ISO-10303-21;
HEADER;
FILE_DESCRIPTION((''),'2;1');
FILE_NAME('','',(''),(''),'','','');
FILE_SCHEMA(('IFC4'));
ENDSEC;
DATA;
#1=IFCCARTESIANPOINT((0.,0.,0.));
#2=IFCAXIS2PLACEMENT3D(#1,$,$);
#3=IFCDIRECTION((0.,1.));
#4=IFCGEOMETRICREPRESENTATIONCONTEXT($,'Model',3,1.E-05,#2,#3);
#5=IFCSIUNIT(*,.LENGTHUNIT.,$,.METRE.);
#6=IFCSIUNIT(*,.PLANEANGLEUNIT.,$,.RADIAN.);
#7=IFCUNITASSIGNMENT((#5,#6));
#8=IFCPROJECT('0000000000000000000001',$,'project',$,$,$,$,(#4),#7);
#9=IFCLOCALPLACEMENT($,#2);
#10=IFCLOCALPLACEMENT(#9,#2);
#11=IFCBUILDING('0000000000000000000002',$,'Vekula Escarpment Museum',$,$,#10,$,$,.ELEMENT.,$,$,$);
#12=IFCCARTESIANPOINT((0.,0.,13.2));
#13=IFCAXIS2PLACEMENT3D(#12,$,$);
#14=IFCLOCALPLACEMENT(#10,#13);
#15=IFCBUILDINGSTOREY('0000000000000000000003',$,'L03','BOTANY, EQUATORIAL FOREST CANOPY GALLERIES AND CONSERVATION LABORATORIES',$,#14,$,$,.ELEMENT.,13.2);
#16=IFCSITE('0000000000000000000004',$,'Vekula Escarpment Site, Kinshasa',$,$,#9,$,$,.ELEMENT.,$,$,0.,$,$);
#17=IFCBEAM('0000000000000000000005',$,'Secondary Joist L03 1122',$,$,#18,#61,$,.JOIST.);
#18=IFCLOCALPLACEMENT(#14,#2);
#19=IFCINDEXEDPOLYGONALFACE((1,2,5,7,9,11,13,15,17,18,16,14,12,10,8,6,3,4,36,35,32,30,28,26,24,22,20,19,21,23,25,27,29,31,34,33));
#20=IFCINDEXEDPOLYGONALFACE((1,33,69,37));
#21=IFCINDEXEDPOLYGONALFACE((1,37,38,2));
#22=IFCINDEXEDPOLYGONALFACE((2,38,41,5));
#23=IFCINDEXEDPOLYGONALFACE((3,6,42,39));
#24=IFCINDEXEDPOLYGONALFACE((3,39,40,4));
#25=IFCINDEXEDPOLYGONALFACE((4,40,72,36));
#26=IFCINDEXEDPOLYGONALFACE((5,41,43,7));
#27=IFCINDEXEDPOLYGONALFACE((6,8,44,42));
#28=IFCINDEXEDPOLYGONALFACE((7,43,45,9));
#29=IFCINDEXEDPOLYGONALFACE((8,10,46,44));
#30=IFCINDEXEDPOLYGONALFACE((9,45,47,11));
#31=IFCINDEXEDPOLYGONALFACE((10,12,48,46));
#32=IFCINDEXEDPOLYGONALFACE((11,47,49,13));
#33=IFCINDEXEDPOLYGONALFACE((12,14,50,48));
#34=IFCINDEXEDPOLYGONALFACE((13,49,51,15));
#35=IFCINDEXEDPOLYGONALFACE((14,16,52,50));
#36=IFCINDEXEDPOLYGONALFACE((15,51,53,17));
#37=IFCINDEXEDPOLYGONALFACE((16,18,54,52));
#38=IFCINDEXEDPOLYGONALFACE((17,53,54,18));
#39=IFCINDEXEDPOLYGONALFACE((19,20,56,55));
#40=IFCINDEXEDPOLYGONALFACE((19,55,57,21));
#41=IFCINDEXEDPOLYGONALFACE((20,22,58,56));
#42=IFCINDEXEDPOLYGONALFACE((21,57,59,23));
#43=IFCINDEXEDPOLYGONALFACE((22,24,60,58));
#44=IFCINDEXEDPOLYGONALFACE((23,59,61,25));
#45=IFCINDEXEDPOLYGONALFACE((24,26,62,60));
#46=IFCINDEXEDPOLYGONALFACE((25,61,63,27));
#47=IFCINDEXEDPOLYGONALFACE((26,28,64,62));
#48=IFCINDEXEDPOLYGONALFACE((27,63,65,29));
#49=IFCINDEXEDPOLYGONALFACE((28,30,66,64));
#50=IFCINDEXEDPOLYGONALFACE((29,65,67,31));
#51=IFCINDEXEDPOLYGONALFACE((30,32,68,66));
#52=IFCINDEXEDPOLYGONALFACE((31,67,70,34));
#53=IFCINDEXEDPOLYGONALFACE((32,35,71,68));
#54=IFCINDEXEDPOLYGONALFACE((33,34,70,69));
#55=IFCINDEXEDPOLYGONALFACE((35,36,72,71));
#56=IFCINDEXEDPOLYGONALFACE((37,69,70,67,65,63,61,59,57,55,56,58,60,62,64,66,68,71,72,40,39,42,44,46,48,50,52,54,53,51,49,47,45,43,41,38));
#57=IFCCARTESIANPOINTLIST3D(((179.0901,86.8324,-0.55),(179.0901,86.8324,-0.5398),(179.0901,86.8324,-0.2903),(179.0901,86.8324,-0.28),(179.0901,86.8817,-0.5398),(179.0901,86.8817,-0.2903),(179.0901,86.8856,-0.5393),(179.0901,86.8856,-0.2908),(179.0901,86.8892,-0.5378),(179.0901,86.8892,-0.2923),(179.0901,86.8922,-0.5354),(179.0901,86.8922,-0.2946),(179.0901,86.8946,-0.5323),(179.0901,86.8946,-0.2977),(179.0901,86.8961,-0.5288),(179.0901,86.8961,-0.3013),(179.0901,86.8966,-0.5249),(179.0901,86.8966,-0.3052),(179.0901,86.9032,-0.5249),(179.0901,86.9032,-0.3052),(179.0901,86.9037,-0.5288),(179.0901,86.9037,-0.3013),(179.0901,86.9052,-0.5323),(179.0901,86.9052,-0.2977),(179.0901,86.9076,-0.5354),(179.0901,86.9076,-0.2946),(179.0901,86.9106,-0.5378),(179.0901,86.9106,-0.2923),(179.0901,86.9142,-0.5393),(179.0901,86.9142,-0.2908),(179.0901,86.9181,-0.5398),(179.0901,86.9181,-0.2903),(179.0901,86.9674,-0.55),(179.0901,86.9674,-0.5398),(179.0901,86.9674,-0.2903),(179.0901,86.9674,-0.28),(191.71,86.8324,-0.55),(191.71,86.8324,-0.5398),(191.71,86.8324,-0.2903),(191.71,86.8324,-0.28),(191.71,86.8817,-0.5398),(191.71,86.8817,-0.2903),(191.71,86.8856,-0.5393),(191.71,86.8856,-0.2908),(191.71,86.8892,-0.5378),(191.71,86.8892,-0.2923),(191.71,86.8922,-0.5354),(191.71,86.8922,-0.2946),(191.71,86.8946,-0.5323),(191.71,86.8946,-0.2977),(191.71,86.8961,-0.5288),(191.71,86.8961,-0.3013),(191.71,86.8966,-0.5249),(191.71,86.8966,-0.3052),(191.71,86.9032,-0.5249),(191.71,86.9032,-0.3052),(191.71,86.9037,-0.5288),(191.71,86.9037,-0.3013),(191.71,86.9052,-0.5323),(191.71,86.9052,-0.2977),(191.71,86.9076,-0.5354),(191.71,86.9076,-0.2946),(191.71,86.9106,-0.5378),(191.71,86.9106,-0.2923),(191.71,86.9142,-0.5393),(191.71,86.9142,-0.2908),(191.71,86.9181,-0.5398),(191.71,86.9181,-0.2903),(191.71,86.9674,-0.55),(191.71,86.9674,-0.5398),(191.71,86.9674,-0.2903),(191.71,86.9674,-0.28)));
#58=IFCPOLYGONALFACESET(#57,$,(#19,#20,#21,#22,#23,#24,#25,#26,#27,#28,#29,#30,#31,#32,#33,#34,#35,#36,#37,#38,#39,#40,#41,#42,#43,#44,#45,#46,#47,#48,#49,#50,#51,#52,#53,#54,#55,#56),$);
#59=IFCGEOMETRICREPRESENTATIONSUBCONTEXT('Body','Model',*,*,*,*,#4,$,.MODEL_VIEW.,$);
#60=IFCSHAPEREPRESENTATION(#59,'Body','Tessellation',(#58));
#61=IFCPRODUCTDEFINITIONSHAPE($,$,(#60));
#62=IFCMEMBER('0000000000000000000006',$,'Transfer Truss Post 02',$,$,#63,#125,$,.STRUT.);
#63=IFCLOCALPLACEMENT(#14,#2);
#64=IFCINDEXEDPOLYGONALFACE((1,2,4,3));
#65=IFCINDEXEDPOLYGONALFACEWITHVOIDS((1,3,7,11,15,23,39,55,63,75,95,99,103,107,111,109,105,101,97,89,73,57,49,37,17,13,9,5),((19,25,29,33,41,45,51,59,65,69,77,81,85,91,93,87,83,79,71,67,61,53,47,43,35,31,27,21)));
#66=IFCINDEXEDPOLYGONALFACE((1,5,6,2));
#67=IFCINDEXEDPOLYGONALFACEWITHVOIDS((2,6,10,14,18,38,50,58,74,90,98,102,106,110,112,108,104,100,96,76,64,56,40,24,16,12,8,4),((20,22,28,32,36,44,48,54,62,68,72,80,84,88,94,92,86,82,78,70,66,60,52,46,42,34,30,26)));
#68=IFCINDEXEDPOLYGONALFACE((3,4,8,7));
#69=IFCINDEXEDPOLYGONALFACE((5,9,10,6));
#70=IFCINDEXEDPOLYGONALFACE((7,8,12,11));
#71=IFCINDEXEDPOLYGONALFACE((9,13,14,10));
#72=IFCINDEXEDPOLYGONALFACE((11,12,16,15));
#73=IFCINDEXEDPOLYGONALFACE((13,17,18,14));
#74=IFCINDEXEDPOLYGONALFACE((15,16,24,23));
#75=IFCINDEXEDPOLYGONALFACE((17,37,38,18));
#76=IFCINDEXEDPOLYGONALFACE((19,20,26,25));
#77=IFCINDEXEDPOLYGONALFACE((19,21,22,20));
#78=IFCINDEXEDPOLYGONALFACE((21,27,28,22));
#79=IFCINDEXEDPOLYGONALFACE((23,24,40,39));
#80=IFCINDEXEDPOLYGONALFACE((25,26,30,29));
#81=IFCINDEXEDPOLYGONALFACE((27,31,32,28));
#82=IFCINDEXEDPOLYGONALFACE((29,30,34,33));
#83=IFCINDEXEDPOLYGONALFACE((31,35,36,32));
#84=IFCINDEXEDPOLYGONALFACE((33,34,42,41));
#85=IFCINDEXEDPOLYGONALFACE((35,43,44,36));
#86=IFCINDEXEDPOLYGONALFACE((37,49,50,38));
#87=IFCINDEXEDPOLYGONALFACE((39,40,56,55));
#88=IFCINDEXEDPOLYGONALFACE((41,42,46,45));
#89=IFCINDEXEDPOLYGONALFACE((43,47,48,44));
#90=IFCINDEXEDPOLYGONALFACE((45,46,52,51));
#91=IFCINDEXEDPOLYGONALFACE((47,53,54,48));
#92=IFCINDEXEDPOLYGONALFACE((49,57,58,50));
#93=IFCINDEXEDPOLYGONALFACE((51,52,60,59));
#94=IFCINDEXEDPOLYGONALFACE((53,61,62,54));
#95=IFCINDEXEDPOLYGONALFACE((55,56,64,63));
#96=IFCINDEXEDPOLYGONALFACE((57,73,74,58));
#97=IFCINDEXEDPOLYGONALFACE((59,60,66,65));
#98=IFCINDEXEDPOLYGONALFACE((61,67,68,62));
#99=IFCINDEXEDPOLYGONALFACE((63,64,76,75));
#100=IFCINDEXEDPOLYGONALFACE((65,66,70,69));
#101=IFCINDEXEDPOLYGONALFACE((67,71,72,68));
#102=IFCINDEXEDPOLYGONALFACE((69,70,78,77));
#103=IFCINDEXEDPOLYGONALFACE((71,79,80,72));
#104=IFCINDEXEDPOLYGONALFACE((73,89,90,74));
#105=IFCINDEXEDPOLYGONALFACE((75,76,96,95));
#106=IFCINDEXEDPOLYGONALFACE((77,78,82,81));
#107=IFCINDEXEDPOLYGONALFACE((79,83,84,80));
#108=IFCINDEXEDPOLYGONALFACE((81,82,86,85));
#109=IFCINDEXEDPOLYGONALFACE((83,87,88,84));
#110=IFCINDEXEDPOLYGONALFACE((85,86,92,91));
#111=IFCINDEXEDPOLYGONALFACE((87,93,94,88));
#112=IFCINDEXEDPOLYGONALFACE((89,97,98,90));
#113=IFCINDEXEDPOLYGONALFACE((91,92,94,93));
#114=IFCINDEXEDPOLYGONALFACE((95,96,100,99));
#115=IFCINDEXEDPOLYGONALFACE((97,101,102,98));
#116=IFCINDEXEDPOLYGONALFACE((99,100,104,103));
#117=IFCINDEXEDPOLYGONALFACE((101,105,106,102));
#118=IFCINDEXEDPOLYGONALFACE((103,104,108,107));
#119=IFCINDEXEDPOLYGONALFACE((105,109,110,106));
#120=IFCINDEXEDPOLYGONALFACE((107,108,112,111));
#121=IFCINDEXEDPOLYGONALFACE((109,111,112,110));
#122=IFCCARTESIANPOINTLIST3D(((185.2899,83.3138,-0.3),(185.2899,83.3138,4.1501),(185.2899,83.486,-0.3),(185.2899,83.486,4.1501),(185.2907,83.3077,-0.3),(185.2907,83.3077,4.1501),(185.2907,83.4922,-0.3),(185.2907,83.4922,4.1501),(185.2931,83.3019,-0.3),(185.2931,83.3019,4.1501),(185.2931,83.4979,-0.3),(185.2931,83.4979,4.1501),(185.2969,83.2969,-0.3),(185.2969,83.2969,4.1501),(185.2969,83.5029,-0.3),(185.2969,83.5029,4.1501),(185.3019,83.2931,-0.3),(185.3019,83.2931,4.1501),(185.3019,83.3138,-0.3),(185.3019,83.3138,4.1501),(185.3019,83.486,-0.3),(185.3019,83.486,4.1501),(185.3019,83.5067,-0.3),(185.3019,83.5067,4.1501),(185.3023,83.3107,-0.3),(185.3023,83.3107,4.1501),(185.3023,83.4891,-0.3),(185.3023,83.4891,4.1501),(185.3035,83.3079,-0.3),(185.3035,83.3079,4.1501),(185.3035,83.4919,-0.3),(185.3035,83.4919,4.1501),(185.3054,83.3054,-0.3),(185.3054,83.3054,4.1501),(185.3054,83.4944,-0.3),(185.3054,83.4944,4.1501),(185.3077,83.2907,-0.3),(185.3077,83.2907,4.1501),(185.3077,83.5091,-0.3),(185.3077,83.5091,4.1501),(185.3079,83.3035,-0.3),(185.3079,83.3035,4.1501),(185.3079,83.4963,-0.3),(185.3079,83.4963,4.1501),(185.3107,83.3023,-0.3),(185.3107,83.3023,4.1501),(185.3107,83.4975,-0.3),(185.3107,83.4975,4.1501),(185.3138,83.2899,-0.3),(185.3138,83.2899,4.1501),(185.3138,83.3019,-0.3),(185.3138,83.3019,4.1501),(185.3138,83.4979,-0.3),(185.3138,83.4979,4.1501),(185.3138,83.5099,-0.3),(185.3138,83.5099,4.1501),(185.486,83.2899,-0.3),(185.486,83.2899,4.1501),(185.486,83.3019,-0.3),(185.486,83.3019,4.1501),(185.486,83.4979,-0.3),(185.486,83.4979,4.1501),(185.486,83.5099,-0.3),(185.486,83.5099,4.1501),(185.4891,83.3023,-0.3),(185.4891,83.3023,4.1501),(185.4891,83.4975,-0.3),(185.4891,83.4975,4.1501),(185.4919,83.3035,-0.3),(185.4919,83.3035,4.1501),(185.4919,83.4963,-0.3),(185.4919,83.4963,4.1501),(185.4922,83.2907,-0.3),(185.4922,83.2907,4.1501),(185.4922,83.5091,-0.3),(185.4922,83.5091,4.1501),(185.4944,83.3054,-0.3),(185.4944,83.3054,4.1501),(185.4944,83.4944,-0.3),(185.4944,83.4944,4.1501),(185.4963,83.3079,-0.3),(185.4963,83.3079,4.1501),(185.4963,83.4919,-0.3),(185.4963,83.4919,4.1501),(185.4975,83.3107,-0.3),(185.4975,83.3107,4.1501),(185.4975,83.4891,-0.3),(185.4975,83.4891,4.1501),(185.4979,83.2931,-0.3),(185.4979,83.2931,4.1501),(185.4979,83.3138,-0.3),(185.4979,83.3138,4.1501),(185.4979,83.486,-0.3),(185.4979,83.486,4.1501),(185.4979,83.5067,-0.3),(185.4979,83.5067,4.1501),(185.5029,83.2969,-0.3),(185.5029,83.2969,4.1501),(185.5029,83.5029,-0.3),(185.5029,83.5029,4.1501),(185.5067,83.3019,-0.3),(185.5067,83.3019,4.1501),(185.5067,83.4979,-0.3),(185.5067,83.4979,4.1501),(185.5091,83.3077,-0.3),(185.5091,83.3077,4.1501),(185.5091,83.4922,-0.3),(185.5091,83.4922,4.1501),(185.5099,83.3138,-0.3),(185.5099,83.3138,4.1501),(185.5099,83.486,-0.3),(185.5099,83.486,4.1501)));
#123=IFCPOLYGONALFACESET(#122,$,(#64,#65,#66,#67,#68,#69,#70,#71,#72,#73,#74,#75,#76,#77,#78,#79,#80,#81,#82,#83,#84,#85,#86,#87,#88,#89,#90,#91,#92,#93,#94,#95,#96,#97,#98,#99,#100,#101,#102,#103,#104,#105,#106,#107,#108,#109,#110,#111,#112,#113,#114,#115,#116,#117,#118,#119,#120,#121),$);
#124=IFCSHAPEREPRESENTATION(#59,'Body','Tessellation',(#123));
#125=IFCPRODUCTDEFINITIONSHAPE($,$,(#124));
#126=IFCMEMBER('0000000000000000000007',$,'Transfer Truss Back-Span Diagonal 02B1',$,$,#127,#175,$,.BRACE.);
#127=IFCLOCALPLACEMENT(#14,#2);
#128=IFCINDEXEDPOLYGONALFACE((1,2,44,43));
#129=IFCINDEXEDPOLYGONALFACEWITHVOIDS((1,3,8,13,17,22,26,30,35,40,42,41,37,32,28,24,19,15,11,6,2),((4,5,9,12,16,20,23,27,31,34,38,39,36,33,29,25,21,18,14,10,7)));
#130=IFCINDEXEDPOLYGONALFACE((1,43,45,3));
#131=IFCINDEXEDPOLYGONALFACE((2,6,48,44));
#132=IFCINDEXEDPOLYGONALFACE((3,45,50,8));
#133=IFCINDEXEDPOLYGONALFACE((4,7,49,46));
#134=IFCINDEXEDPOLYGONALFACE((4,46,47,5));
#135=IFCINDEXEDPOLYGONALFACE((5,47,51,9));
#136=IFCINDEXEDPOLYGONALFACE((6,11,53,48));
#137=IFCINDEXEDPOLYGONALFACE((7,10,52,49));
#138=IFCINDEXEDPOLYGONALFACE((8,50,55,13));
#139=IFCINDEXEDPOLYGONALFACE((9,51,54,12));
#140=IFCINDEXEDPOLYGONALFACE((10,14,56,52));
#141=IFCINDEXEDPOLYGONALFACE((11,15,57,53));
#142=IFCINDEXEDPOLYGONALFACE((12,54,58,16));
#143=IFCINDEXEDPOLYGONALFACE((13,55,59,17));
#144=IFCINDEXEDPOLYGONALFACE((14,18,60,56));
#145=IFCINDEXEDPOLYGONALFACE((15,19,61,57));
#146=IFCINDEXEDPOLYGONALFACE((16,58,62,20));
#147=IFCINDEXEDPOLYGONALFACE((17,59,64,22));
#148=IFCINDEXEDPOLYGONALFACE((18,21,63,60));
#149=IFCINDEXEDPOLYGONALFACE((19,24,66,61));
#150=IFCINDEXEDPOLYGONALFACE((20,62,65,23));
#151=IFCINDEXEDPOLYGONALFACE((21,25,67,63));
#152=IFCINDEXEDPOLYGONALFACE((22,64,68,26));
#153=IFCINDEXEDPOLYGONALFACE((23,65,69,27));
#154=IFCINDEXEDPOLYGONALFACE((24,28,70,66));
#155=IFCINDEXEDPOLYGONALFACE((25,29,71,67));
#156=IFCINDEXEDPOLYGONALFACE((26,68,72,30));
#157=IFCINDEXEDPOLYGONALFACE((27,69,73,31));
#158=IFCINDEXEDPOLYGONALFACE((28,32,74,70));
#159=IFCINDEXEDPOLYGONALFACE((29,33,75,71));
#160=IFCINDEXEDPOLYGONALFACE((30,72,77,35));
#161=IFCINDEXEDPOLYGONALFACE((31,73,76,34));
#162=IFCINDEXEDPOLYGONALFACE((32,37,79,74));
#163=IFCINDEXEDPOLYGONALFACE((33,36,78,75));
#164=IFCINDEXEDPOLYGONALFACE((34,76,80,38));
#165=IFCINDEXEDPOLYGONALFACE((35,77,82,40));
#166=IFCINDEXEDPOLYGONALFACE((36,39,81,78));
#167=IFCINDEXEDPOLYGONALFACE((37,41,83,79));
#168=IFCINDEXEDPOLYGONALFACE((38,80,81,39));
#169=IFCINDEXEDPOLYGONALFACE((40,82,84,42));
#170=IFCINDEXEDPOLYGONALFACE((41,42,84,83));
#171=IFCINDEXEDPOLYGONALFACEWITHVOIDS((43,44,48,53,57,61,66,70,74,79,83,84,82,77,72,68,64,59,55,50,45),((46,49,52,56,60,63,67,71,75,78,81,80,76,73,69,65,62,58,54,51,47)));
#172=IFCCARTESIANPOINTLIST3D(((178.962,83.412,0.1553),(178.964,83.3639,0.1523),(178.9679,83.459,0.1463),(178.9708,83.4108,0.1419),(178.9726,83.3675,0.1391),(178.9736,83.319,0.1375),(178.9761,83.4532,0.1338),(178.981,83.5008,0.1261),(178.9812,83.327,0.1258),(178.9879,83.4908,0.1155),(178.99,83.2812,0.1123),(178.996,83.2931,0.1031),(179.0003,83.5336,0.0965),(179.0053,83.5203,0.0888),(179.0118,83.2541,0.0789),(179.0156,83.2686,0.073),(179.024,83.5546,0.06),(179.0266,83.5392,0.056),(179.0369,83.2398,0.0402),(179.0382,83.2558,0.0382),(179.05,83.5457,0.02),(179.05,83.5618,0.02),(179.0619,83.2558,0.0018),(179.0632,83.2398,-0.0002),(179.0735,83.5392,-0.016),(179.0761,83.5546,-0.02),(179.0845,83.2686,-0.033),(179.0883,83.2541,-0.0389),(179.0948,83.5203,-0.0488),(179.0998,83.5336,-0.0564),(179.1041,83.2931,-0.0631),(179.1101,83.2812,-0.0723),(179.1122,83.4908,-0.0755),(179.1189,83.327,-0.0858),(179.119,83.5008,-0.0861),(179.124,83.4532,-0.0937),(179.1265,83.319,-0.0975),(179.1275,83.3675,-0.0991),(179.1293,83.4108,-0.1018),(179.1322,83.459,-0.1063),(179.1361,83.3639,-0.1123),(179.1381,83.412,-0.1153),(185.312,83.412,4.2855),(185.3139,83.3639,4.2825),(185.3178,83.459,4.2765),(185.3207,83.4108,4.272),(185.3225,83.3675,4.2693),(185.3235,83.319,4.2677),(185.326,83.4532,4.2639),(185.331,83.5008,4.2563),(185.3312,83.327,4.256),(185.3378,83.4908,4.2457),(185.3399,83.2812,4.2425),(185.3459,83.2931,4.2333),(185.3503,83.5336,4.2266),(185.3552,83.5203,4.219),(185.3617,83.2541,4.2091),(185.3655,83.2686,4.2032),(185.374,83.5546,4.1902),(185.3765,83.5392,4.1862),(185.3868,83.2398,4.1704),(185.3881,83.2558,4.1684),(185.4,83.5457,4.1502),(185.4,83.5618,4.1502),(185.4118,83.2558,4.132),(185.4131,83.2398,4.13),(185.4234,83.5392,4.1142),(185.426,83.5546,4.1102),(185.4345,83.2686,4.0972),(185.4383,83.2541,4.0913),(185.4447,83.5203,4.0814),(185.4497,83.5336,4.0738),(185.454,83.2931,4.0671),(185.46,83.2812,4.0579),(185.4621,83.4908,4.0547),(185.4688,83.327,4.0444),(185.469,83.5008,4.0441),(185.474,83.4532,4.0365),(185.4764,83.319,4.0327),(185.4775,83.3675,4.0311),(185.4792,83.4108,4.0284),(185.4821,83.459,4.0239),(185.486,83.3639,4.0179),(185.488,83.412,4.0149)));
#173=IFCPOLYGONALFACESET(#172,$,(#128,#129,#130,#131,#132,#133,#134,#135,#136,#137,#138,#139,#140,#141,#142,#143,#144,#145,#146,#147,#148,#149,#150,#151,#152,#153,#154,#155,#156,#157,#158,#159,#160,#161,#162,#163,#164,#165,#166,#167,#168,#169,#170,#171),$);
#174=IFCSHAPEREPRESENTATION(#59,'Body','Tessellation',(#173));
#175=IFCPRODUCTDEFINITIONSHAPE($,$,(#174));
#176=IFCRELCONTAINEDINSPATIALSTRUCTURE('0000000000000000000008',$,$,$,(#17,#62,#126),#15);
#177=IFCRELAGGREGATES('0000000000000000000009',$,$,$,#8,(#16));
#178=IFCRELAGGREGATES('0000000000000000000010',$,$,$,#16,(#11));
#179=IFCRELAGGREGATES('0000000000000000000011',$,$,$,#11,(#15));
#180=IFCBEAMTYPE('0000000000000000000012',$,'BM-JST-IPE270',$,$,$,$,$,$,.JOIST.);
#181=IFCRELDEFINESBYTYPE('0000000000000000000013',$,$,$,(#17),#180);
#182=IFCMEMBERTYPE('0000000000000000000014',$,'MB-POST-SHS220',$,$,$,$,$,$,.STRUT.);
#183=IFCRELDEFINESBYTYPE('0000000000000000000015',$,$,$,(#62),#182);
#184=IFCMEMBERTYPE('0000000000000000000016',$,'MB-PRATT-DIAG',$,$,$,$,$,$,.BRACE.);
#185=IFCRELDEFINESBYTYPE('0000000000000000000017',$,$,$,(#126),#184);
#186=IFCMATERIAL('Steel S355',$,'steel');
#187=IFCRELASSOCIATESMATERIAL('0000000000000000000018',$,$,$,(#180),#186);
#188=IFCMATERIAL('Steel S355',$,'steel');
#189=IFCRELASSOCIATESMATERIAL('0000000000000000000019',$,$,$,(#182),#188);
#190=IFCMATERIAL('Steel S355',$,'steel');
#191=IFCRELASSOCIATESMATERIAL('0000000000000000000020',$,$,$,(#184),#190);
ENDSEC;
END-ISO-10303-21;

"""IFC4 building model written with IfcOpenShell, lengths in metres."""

from ifc_helpers import new_model, si_unit, direction, frame, origin, origin_2d, place, context, subcontext, project, spatial, hollow_rectangle, hollow_circle, i_section, extrude, material, material_profile, profile_set, type_object, element, save


model = new_model("IFC4")

# Units and contexts
model_context = context("Model", 3, precision=1e-05, world=origin(), true_north=direction((0.0, 1.0)))
body_context = subcontext(model_context, "Body", "Model", "MODEL_VIEW")
ifc_project = project(units=[si_unit("LENGTHUNIT", "METRE"), si_unit("PLANEANGLEUNIT", "RADIAN")], contexts=[model_context])

# Site, building, storey
site_placement = place(None, origin())
site = spatial("IfcSite", under=ifc_project, at=site_placement, Name="Vekula Escarpment Site, Kinshasa", CompositionType="ELEMENT", RefElevation=0.0)
building_placement = place(site_placement, origin())
building = spatial("IfcBuilding", under=site, at=building_placement, Name="Vekula Escarpment Museum", CompositionType="ELEMENT")
storey_placement = place(building_placement, frame((0.0, 0.0, 13.2)))
storey = spatial("IfcBuildingStorey", under=building, at=storey_placement, Name="L03", Description="BOTANY, EQUATORIAL FOREST CANOPY GALLERIES AND CONSERVATION LABORATORIES", CompositionType="ELEMENT", Elevation=13.2)

# Beam
ifc_material_1 = material(Name="Steel S355", Category="steel")
ifc_material_profile_1 = material_profile(ifc_material_1, i_section(OverallWidth=0.135, OverallDepth=0.27, WebThickness=0.0066, FlangeThickness=0.0103, FilletRadius=0.0149, at=origin_2d()), Name="IPE 270")
ifc_profile_set_1 = profile_set([ifc_material_profile_1], Name="Steel S355")
beam_type_1 = type_object("IfcBeamType", Name="BM-JST-IPE270", PredefinedType="JOIST", material=ifc_profile_set_1)
beam_placement = place(storey_placement, frame((179.0901, 86.8999, -0.415), z_axis=(1.0, 0.0, 0.0), x_axis=(0.0, 1.0, 0.0)))
element("IfcBeam", 1, at=beam_placement, inside=storey, type_object=beam_type_1, Name="Secondary Joist L03 1122", PredefinedType="JOIST", context=body_context, shape_type="SweptSolid", body=[
    extrude(i_section(OverallWidth=0.135, OverallDepth=0.27, WebThickness=0.0066, FlangeThickness=0.0103, FilletRadius=0.0149, at=origin_2d()), origin(), (0.0, 0.0, 1.0), 12.6199),
])

# Members
ifc_material_2 = material(Name="Steel S355", Category="steel")
ifc_material_profile_2 = material_profile(ifc_material_2, hollow_rectangle(XDim=0.22, YDim=0.22, WallThickness=0.012, InnerFilletRadius=0.012, OuterFilletRadius=0.0239, at=origin_2d()), Name="SHS 220x220x12")
ifc_profile_set_2 = profile_set([ifc_material_profile_2], Name="Steel S355")
member_type_1 = type_object("IfcMemberType", Name="MB-POST-SHS220", PredefinedType="STRUT", material=ifc_profile_set_2)
member_placement = place(storey_placement, frame((185.3999, 83.3999, -0.3), z_axis=(0.0, 0.0, 1.0), x_axis=(1.0, 0.0, 0.0)))
element("IfcMember", 2, at=member_placement, inside=storey, type_object=member_type_1, Name="Transfer Truss Post 02", PredefinedType="STRUT", context=body_context, shape_type="SweptSolid", body=[
    extrude(hollow_rectangle(XDim=0.22, YDim=0.22, WallThickness=0.012, InnerFilletRadius=0.012, OuterFilletRadius=0.0239, at=origin_2d()), origin(), (0.0, 0.0, 1.0), 4.4502),
])
ifc_material_3 = material(Name="Steel S355", Category="steel")
ifc_material_profile_3 = material_profile(ifc_material_3, hollow_circle(Radius=0.1619, WallThickness=0.0161, at=origin_2d()), Name="CHS 323.9x16")
ifc_profile_set_3 = profile_set([ifc_material_profile_3], Name="Steel S355")
member_type_2 = type_object("IfcMemberType", Name="MB-PRATT-DIAG", PredefinedType="BRACE", material=ifc_profile_set_3)
for number, where, z_axis, x_axis, name in (
    (3, (179.05, 83.3999, 0.02), (0.838279, 0.0, 0.545241), (0.0, 1.0, 0.0), "Transfer Truss Back-Span Diagonal 02B1"),
):
    element("IfcMember", number, at=place(storey_placement, frame(where, z_axis=z_axis, x_axis=x_axis)), inside=storey, type_object=member_type_2, Name=name, PredefinedType="BRACE", context=body_context, shape_type="SweptSolid", body=[
        extrude(hollow_circle(Radius=0.1619, WallThickness=0.0161, at=origin_2d()), origin(), (0.0, 0.0, 1.0), 7.575),
    ])

save(model, "model.ifc")
